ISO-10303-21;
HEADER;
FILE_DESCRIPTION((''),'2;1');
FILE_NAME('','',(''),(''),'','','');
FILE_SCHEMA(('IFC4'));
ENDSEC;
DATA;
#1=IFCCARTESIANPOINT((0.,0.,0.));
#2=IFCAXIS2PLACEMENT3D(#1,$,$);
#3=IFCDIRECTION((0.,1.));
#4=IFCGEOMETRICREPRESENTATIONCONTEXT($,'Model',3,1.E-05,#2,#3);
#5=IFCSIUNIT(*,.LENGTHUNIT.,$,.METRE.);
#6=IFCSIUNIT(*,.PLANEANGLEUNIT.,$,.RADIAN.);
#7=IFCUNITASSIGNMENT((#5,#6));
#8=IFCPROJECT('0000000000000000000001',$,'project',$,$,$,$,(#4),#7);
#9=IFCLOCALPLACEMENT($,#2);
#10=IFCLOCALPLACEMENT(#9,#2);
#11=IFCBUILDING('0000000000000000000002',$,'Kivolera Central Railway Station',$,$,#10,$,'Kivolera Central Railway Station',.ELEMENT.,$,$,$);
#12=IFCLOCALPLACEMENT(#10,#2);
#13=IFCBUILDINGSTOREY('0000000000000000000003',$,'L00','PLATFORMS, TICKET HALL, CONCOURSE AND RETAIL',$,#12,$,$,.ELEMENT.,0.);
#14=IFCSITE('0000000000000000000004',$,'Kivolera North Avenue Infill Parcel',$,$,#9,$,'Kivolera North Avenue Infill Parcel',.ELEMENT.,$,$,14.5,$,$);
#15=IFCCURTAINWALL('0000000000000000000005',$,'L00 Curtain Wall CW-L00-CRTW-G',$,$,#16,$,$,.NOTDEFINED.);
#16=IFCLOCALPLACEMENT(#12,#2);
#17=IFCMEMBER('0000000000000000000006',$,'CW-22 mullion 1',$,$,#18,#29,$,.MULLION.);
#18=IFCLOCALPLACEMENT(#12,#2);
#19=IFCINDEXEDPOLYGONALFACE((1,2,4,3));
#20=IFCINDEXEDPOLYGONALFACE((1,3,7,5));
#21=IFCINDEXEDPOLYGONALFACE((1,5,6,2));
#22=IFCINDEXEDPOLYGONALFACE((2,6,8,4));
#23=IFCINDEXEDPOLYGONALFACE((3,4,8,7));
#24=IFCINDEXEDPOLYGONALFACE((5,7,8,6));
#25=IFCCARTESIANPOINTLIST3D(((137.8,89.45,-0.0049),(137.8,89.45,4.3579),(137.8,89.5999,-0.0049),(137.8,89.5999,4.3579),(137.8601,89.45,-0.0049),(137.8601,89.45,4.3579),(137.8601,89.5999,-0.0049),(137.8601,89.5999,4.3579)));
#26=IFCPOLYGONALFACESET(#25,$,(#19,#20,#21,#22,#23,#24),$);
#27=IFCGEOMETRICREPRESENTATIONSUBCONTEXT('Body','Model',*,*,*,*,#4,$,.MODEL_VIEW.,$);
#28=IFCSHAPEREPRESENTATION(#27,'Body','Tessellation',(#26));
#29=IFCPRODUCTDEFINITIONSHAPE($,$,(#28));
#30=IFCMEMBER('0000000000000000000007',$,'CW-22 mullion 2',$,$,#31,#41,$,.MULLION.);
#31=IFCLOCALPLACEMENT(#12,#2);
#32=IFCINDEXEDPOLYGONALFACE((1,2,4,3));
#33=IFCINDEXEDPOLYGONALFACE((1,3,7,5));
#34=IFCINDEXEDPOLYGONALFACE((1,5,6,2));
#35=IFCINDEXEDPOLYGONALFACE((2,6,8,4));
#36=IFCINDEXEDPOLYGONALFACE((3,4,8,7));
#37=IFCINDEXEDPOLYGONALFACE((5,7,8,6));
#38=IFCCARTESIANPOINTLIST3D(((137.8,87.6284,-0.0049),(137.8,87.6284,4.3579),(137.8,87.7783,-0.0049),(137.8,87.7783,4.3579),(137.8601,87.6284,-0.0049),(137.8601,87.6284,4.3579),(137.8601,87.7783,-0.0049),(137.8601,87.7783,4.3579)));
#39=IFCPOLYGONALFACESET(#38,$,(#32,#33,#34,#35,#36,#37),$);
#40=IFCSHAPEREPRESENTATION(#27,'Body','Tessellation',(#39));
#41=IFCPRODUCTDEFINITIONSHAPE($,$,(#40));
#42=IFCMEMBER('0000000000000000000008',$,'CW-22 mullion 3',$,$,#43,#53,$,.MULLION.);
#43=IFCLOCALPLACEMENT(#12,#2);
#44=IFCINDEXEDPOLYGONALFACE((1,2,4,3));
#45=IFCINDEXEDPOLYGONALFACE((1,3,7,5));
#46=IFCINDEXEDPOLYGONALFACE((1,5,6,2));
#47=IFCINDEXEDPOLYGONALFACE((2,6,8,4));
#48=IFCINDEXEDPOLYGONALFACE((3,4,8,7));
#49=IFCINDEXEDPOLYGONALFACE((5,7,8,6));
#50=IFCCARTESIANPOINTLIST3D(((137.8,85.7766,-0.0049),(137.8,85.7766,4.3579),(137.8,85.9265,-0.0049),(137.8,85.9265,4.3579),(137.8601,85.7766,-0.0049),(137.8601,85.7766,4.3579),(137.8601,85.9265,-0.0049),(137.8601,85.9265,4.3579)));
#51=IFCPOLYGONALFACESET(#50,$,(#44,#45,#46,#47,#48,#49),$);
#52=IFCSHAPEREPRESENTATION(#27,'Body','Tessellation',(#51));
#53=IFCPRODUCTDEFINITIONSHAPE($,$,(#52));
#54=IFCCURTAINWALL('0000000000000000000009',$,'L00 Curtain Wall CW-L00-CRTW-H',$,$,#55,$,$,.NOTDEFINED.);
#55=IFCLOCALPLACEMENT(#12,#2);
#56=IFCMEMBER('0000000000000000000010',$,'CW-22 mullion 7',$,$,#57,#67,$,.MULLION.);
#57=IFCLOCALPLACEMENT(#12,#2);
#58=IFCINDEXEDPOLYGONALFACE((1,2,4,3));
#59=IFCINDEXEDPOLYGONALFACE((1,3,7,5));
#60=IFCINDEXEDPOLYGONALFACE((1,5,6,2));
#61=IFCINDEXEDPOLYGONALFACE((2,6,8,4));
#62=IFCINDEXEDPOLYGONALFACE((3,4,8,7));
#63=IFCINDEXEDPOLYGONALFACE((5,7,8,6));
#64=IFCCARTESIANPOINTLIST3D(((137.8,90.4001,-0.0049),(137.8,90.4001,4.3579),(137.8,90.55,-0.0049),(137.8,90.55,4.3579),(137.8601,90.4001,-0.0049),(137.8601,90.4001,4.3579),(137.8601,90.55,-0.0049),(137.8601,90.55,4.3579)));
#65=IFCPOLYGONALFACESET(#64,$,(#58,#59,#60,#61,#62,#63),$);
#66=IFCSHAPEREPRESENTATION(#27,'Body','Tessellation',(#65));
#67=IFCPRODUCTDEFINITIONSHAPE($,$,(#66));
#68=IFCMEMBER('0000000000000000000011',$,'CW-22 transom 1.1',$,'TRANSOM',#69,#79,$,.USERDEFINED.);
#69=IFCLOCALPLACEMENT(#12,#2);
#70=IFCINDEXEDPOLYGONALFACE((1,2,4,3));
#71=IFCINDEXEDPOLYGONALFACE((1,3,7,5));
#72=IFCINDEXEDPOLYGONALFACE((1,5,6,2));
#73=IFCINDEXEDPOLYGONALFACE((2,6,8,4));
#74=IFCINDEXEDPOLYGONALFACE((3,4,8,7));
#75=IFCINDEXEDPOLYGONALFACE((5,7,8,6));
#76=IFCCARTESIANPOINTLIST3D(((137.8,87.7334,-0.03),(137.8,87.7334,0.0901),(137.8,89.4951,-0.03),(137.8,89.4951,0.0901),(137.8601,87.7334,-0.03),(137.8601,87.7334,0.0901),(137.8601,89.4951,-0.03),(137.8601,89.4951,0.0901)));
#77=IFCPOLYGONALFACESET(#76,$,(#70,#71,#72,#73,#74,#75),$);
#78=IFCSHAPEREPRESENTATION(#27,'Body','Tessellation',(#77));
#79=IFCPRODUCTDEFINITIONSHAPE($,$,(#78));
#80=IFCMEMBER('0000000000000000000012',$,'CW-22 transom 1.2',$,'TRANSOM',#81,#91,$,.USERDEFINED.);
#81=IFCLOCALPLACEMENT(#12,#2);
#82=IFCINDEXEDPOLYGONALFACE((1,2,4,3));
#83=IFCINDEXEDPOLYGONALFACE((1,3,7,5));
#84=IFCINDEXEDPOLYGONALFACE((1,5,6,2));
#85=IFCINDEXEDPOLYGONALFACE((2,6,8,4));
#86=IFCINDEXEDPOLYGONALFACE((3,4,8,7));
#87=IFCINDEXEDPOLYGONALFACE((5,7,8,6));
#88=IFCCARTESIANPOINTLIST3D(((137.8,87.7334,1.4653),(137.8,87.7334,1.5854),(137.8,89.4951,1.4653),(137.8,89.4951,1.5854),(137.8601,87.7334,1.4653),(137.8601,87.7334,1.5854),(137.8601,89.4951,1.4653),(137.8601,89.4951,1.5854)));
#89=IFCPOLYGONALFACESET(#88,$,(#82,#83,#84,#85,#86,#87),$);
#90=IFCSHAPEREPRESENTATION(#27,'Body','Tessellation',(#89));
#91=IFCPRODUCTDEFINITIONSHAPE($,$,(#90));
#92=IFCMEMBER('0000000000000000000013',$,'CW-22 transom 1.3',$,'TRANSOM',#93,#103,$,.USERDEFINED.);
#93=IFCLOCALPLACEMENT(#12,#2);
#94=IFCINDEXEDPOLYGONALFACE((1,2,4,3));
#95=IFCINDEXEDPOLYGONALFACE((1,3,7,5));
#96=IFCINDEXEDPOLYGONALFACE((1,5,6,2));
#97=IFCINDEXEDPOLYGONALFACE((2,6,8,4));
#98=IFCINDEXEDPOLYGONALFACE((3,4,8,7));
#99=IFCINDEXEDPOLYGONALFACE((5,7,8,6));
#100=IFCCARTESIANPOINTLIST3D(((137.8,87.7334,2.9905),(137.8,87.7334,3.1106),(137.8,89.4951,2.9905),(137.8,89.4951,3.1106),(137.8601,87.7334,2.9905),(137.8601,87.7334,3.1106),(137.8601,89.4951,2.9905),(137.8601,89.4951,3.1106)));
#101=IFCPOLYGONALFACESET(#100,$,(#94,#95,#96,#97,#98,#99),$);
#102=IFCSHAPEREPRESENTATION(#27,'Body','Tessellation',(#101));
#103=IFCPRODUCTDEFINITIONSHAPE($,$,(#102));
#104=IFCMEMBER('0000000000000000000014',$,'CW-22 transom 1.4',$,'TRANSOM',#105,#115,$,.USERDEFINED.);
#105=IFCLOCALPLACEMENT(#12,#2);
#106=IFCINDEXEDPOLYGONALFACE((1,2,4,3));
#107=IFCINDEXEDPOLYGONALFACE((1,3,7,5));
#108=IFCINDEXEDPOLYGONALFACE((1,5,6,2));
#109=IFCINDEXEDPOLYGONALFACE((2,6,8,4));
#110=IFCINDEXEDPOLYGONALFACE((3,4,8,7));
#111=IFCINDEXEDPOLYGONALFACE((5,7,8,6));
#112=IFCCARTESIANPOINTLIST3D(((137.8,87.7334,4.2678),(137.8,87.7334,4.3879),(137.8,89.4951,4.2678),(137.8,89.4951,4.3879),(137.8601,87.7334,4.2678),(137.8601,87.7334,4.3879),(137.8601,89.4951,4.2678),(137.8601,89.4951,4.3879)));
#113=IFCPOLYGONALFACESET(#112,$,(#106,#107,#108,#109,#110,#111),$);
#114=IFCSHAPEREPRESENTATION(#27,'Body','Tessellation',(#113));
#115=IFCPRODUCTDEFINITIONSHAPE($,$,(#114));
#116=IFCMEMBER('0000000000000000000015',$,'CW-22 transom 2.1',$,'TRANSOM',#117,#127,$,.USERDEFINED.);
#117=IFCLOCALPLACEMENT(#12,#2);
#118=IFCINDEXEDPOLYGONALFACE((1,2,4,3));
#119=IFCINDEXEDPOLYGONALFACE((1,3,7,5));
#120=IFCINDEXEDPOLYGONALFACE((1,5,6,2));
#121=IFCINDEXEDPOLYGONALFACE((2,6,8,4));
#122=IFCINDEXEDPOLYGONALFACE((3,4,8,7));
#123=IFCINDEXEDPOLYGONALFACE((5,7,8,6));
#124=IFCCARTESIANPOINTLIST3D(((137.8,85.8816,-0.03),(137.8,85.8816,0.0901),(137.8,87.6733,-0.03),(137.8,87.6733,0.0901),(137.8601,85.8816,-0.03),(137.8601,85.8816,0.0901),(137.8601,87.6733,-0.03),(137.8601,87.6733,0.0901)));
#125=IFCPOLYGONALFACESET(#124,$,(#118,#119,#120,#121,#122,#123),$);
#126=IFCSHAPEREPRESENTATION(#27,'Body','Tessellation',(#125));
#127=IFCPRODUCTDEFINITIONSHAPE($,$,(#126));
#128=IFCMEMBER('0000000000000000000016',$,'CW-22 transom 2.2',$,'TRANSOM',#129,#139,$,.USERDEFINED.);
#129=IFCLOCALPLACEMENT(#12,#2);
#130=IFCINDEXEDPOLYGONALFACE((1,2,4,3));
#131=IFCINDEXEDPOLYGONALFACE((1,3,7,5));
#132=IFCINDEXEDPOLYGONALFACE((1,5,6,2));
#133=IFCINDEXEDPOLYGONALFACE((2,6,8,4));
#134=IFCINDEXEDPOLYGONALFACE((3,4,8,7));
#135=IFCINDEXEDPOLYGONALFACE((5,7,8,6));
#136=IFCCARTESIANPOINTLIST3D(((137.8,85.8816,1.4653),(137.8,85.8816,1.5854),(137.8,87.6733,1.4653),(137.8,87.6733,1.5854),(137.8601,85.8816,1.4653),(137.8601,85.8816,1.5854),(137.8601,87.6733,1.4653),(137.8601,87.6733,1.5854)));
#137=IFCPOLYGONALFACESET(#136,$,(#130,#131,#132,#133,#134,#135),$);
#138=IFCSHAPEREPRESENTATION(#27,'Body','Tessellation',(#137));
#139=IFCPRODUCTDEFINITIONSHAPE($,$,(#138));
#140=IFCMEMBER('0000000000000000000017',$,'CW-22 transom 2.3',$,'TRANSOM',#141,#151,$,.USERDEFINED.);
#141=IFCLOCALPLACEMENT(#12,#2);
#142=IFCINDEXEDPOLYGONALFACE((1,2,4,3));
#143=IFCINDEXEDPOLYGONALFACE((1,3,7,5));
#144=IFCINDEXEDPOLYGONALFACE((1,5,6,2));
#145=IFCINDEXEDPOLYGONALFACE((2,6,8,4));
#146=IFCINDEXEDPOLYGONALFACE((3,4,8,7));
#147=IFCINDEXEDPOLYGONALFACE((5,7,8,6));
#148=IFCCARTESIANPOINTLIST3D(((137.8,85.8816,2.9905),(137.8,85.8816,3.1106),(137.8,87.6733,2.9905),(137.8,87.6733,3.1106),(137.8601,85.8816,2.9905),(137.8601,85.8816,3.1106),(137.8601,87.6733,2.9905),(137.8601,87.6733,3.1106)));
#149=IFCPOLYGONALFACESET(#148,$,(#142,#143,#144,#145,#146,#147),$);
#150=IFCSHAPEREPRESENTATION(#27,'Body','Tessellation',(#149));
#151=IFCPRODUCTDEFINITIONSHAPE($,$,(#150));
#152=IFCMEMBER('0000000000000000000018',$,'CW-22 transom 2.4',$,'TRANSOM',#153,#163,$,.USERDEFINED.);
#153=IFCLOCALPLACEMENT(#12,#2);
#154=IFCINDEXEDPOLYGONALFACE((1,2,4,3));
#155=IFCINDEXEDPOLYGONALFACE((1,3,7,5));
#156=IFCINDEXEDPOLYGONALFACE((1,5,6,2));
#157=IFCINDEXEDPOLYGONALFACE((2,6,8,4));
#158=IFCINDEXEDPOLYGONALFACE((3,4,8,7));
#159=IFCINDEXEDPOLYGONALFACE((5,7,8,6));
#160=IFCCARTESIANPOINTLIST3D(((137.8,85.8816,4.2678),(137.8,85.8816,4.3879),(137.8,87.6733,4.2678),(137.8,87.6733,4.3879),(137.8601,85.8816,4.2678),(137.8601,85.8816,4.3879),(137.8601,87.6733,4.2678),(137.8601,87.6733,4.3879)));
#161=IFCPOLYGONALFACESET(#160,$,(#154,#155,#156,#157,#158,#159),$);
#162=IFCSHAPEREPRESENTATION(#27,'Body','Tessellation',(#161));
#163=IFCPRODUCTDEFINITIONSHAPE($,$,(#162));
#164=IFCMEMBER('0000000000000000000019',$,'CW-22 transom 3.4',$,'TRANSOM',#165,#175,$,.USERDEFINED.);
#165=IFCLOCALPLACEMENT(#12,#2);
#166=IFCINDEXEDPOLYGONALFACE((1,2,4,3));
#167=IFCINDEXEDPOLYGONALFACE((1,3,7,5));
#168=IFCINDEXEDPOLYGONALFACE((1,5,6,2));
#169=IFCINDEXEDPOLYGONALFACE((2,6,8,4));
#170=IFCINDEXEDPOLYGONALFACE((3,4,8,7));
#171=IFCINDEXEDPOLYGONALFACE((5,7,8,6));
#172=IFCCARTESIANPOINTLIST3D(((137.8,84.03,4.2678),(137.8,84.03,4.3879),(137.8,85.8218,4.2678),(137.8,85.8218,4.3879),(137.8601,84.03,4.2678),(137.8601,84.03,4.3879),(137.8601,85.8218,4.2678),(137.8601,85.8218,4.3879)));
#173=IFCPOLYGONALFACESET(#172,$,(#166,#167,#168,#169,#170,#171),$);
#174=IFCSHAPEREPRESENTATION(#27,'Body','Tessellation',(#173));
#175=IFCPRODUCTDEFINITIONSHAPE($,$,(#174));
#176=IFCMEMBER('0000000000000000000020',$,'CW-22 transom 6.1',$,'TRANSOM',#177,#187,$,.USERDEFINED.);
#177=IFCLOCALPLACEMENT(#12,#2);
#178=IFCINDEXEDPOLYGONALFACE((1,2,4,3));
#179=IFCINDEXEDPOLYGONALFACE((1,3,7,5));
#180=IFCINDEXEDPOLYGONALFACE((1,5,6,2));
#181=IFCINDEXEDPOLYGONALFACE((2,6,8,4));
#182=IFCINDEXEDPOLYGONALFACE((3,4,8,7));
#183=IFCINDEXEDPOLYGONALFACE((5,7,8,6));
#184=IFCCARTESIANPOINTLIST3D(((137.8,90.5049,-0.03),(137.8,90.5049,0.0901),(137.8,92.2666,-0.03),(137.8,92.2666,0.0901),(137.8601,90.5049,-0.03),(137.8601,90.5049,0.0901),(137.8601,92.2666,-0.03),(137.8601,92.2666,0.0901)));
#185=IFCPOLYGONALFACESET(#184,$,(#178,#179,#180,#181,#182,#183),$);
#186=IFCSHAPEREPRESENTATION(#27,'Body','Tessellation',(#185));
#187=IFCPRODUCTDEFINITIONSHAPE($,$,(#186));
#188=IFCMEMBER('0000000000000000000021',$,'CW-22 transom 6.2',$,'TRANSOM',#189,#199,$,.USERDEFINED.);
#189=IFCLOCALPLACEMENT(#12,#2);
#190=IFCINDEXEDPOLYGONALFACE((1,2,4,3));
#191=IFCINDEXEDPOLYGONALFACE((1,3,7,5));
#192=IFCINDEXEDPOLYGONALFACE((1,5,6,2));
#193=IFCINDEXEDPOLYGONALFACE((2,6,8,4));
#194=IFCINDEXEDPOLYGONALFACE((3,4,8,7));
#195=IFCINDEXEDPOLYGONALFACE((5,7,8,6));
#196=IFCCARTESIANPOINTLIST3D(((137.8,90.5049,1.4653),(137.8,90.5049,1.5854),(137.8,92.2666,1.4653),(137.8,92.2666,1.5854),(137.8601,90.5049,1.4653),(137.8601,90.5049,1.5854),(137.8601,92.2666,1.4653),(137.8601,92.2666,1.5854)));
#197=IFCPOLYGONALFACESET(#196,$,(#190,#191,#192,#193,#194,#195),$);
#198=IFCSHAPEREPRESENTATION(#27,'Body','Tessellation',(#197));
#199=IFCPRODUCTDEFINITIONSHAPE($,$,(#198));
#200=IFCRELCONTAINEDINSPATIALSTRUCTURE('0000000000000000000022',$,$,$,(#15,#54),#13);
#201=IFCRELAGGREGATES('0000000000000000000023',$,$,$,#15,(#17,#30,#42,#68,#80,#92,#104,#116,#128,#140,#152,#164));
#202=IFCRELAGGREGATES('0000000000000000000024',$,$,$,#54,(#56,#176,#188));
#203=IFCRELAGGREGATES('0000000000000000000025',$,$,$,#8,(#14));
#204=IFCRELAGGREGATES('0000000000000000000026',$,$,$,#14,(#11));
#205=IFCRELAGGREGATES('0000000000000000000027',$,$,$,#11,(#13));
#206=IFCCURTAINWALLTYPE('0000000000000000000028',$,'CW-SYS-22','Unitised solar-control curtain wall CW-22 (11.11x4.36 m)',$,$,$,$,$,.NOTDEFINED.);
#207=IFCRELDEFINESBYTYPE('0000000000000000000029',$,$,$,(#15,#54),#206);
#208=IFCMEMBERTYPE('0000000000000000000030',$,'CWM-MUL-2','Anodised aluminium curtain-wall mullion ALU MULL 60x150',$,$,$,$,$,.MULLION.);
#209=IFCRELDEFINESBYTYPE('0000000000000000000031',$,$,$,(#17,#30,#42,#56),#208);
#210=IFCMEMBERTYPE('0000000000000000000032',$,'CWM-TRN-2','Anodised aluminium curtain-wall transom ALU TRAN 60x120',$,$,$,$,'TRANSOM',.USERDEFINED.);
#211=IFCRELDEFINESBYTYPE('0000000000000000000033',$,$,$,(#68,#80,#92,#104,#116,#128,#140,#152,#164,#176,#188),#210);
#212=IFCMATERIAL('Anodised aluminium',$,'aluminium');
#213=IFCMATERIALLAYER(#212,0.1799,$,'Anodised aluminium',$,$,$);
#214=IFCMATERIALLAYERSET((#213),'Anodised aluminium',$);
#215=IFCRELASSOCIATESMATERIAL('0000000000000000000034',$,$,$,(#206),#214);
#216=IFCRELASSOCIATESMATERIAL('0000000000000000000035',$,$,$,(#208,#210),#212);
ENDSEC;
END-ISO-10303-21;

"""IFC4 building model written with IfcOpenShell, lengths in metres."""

from ifc_helpers import new_model, si_unit, direction, frame, origin, origin_2d, place, context, subcontext, project, spatial, rectangle, extrude, material, layer, layer_set, material_profile, profile_set, type_object, element, aggregate, save


model = new_model("IFC4")

# Units and contexts
model_context = context("Model", 3, precision=1e-05, world=origin(), true_north=direction((0.0, 1.0)))
body_context = subcontext(model_context, "Body", "Model", "MODEL_VIEW")
ifc_project = project(units=[si_unit("LENGTHUNIT", "METRE"), si_unit("PLANEANGLEUNIT", "RADIAN")], contexts=[model_context])

# Site, building, storey
site_placement = place(None, origin())
site = spatial("IfcSite", under=ifc_project, at=site_placement, Name="Kivolera North Avenue Infill Parcel", LongName="Kivolera North Avenue Infill Parcel", CompositionType="ELEMENT", RefElevation=14.5)
building_placement = place(site_placement, origin())
building = spatial("IfcBuilding", under=site, at=building_placement, Name="Kivolera Central Railway Station", LongName="Kivolera Central Railway Station", CompositionType="ELEMENT")
storey_placement = place(building_placement, origin())
storey = spatial("IfcBuildingStorey", under=building, at=storey_placement, Name="L00", Description="PLATFORMS, TICKET HALL, CONCOURSE AND RETAIL", CompositionType="ELEMENT", Elevation=0.0)

# Curtain wall, members
ifc_material_1 = material(Name="Anodised aluminium", Category="aluminium")
ifc_layer_1 = layer(ifc_material_1, 0.1799, Name="Anodised aluminium")
ifc_layer_set_1 = layer_set([ifc_layer_1], Name="Anodised aluminium")
curtain_wall_type = type_object("IfcCurtainWallType", Name="CW-SYS-22", Description="Unitised solar-control curtain wall CW-22 (11.11x4.36 m)", PredefinedType="NOTDEFINED", material=ifc_layer_set_1)
curtain_wall_1_placement = place(storey_placement, origin())
curtain_wall_1 = element("IfcCurtainWall", 1, at=curtain_wall_1_placement, inside=storey, type_object=curtain_wall_type, Name="L00 Curtain Wall CW-L00-CRTW-G", PredefinedType="NOTDEFINED")
ifc_material_profile_1 = material_profile(ifc_material_1, rectangle(XDim=0.0601, YDim=0.1499, at=origin_2d()), Name="ALU MULL 60x150")
ifc_profile_set_1 = profile_set([ifc_material_profile_1], Name="Anodised aluminium")
member_type_1 = type_object("IfcMemberType", Name="CWM-MUL-2", Description="Anodised aluminium curtain-wall mullion ALU MULL 60x150", PredefinedType="MULLION", material=ifc_profile_set_1)
member_1_placement = place(storey_placement, frame((137.8301, 89.5249, -0.0049), z_axis=(0.0, 0.0, 1.0), x_axis=(1.0, 0.0, 0.0)))
member_1 = element("IfcMember", 2, at=member_1_placement, type_object=member_type_1, Name="CW-22 mullion 1", PredefinedType="MULLION", context=body_context, shape_type="SweptSolid", body=[
    extrude(rectangle(XDim=0.0601, YDim=0.1499, at=origin_2d()), origin(), (0.0, 0.0, 1.0), 4.3628),
])
member_2_placement = place(storey_placement, frame((137.8301, 87.7034, -0.0049), z_axis=(0.0, 0.0, 1.0), x_axis=(1.0, 0.0, 0.0)))
member_2 = element("IfcMember", 3, at=member_2_placement, type_object=member_type_1, Name="CW-22 mullion 2", PredefinedType="MULLION", context=body_context, shape_type="SweptSolid", body=[
    extrude(rectangle(XDim=0.0601, YDim=0.1499, at=origin_2d()), origin(), (0.0, 0.0, 1.0), 4.3628),
])
member_3_placement = place(storey_placement, frame((137.8301, 85.8516, -0.0049), z_axis=(0.0, 0.0, 1.0), x_axis=(1.0, 0.0, 0.0)))
member_3 = element("IfcMember", 4, at=member_3_placement, type_object=member_type_1, Name="CW-22 mullion 3", PredefinedType="MULLION", context=body_context, shape_type="SweptSolid", body=[
    extrude(rectangle(XDim=0.0601, YDim=0.1499, at=origin_2d()), origin(), (0.0, 0.0, 1.0), 4.3628),
])

# Curtain wall, member
curtain_wall_2_placement = place(storey_placement, origin())
curtain_wall_2 = element("IfcCurtainWall", 5, at=curtain_wall_2_placement, inside=storey, type_object=curtain_wall_type, Name="L00 Curtain Wall CW-L00-CRTW-H", PredefinedType="NOTDEFINED")
member_4_placement = place(storey_placement, frame((137.8301, 90.4751, -0.0049), z_axis=(0.0, 0.0, 1.0), x_axis=(1.0, 0.0, 0.0)))
member_4 = element("IfcMember", 6, at=member_4_placement, type_object=member_type_1, Name="CW-22 mullion 7", PredefinedType="MULLION", context=body_context, shape_type="SweptSolid", body=[
    extrude(rectangle(XDim=0.0601, YDim=0.1499, at=origin_2d()), origin(), (0.0, 0.0, 1.0), 4.3628),
])

# Members
ifc_material_profile_2 = material_profile(ifc_material_1, rectangle(XDim=0.0601, YDim=0.1201, at=origin_2d()), Name="ALU TRAN 60x120")
ifc_profile_set_2 = profile_set([ifc_material_profile_2], Name="Anodised aluminium")
member_type_2 = type_object("IfcMemberType", Name="CWM-TRN-2", Description="Anodised aluminium curtain-wall transom ALU TRAN 60x120", ElementType="TRANSOM", PredefinedType="USERDEFINED", material=ifc_profile_set_2)
member_5_placement = place(storey_placement, frame((137.8301, 89.4951, 0.03), z_axis=(0.0, -1.0, 0.0), x_axis=(1.0, 0.0, 0.0)))
member_5 = element("IfcMember", 7, at=member_5_placement, type_object=member_type_2, Name="CW-22 transom 1.1", ObjectType="TRANSOM", PredefinedType="USERDEFINED", context=body_context, shape_type="SweptSolid", body=[
    extrude(rectangle(XDim=0.0601, YDim=0.1201, at=origin_2d()), origin(), (0.0, 0.0, 1.0), 1.7617),
])
member_6_placement = place(storey_placement, frame((137.8301, 89.4951, 1.5254), z_axis=(0.0, -1.0, 0.0), x_axis=(1.0, 0.0, 0.0)))
member_6 = element("IfcMember", 8, at=member_6_placement, type_object=member_type_2, Name="CW-22 transom 1.2", ObjectType="TRANSOM", PredefinedType="USERDEFINED", context=body_context, shape_type="SweptSolid", body=[
    extrude(rectangle(XDim=0.0601, YDim=0.1201, at=origin_2d()), origin(), (0.0, 0.0, 1.0), 1.7617),
])
member_7_placement = place(storey_placement, frame((137.8301, 89.4951, 3.0505), z_axis=(0.0, -1.0, 0.0), x_axis=(1.0, 0.0, 0.0)))
member_7 = element("IfcMember", 9, at=member_7_placement, type_object=member_type_2, Name="CW-22 transom 1.3", ObjectType="TRANSOM", PredefinedType="USERDEFINED", context=body_context, shape_type="SweptSolid", body=[
    extrude(rectangle(XDim=0.0601, YDim=0.1201, at=origin_2d()), origin(), (0.0, 0.0, 1.0), 1.7617),
])
member_8_placement = place(storey_placement, frame((137.8301, 89.4951, 4.3279), z_axis=(0.0, -1.0, 0.0), x_axis=(1.0, 0.0, 0.0)))
member_8 = element("IfcMember", 10, at=member_8_placement, type_object=member_type_2, Name="CW-22 transom 1.4", ObjectType="TRANSOM", PredefinedType="USERDEFINED", context=body_context, shape_type="SweptSolid", body=[
    extrude(rectangle(XDim=0.0601, YDim=0.1201, at=origin_2d()), origin(), (0.0, 0.0, 1.0), 1.7617),
])
member_9_placement = place(storey_placement, frame((137.8301, 87.6733, 0.03), z_axis=(0.0, -1.0, 0.0), x_axis=(1.0, 0.0, 0.0)))
member_9 = element("IfcMember", 11, at=member_9_placement, type_object=member_type_2, Name="CW-22 transom 2.1", ObjectType="TRANSOM", PredefinedType="USERDEFINED", context=body_context, shape_type="SweptSolid", body=[
    extrude(rectangle(XDim=0.0601, YDim=0.1201, at=origin_2d()), origin(), (0.0, 0.0, 1.0), 1.7917),
])
member_10_placement = place(storey_placement, frame((137.8301, 87.6733, 1.5254), z_axis=(0.0, -1.0, 0.0), x_axis=(1.0, 0.0, 0.0)))
member_10 = element("IfcMember", 12, at=member_10_placement, type_object=member_type_2, Name="CW-22 transom 2.2", ObjectType="TRANSOM", PredefinedType="USERDEFINED", context=body_context, shape_type="SweptSolid", body=[
    extrude(rectangle(XDim=0.0601, YDim=0.1201, at=origin_2d()), origin(), (0.0, 0.0, 1.0), 1.7917),
])
member_11_placement = place(storey_placement, frame((137.8301, 87.6733, 3.0505), z_axis=(0.0, -1.0, 0.0), x_axis=(1.0, 0.0, 0.0)))
member_11 = element("IfcMember", 13, at=member_11_placement, type_object=member_type_2, Name="CW-22 transom 2.3", ObjectType="TRANSOM", PredefinedType="USERDEFINED", context=body_context, shape_type="SweptSolid", body=[
    extrude(rectangle(XDim=0.0601, YDim=0.1201, at=origin_2d()), origin(), (0.0, 0.0, 1.0), 1.7917),
])
member_12_placement = place(storey_placement, frame((137.8301, 87.6733, 4.3279), z_axis=(0.0, -1.0, 0.0), x_axis=(1.0, 0.0, 0.0)))
member_12 = element("IfcMember", 14, at=member_12_placement, type_object=member_type_2, Name="CW-22 transom 2.4", ObjectType="TRANSOM", PredefinedType="USERDEFINED", context=body_context, shape_type="SweptSolid", body=[
    extrude(rectangle(XDim=0.0601, YDim=0.1201, at=origin_2d()), origin(), (0.0, 0.0, 1.0), 1.7917),
])
member_13_placement = place(storey_placement, frame((137.8301, 85.8218, 4.3279), z_axis=(0.0, -1.0, 0.0), x_axis=(1.0, 0.0, 0.0)))
member_13 = element("IfcMember", 15, at=member_13_placement, type_object=member_type_2, Name="CW-22 transom 3.4", ObjectType="TRANSOM", PredefinedType="USERDEFINED", context=body_context, shape_type="SweptSolid", body=[
    extrude(rectangle(XDim=0.0601, YDim=0.1201, at=origin_2d()), origin(), (0.0, 0.0, 1.0), 1.7917),
])
member_14_placement = place(storey_placement, frame((137.8301, 92.2666, 0.03), z_axis=(0.0, -1.0, 0.0), x_axis=(1.0, 0.0, 0.0)))
member_14 = element("IfcMember", 16, at=member_14_placement, type_object=member_type_2, Name="CW-22 transom 6.1", ObjectType="TRANSOM", PredefinedType="USERDEFINED", context=body_context, shape_type="SweptSolid", body=[
    extrude(rectangle(XDim=0.0601, YDim=0.1201, at=origin_2d()), origin(), (0.0, 0.0, 1.0), 1.7617),
])
member_15_placement = place(storey_placement, frame((137.8301, 92.2666, 1.5254), z_axis=(0.0, -1.0, 0.0), x_axis=(1.0, 0.0, 0.0)))
member_15 = element("IfcMember", 17, at=member_15_placement, type_object=member_type_2, Name="CW-22 transom 6.2", ObjectType="TRANSOM", PredefinedType="USERDEFINED", context=body_context, shape_type="SweptSolid", body=[
    extrude(rectangle(XDim=0.0601, YDim=0.1201, at=origin_2d()), origin(), (0.0, 0.0, 1.0), 1.7617),
])

aggregate(curtain_wall_1, [member_1, member_2, member_3, member_5, member_6, member_7, member_8, member_9, member_10, member_11, member_12, member_13])
aggregate(curtain_wall_2, [member_4, member_14, member_15])

save(model, "model.ifc")
